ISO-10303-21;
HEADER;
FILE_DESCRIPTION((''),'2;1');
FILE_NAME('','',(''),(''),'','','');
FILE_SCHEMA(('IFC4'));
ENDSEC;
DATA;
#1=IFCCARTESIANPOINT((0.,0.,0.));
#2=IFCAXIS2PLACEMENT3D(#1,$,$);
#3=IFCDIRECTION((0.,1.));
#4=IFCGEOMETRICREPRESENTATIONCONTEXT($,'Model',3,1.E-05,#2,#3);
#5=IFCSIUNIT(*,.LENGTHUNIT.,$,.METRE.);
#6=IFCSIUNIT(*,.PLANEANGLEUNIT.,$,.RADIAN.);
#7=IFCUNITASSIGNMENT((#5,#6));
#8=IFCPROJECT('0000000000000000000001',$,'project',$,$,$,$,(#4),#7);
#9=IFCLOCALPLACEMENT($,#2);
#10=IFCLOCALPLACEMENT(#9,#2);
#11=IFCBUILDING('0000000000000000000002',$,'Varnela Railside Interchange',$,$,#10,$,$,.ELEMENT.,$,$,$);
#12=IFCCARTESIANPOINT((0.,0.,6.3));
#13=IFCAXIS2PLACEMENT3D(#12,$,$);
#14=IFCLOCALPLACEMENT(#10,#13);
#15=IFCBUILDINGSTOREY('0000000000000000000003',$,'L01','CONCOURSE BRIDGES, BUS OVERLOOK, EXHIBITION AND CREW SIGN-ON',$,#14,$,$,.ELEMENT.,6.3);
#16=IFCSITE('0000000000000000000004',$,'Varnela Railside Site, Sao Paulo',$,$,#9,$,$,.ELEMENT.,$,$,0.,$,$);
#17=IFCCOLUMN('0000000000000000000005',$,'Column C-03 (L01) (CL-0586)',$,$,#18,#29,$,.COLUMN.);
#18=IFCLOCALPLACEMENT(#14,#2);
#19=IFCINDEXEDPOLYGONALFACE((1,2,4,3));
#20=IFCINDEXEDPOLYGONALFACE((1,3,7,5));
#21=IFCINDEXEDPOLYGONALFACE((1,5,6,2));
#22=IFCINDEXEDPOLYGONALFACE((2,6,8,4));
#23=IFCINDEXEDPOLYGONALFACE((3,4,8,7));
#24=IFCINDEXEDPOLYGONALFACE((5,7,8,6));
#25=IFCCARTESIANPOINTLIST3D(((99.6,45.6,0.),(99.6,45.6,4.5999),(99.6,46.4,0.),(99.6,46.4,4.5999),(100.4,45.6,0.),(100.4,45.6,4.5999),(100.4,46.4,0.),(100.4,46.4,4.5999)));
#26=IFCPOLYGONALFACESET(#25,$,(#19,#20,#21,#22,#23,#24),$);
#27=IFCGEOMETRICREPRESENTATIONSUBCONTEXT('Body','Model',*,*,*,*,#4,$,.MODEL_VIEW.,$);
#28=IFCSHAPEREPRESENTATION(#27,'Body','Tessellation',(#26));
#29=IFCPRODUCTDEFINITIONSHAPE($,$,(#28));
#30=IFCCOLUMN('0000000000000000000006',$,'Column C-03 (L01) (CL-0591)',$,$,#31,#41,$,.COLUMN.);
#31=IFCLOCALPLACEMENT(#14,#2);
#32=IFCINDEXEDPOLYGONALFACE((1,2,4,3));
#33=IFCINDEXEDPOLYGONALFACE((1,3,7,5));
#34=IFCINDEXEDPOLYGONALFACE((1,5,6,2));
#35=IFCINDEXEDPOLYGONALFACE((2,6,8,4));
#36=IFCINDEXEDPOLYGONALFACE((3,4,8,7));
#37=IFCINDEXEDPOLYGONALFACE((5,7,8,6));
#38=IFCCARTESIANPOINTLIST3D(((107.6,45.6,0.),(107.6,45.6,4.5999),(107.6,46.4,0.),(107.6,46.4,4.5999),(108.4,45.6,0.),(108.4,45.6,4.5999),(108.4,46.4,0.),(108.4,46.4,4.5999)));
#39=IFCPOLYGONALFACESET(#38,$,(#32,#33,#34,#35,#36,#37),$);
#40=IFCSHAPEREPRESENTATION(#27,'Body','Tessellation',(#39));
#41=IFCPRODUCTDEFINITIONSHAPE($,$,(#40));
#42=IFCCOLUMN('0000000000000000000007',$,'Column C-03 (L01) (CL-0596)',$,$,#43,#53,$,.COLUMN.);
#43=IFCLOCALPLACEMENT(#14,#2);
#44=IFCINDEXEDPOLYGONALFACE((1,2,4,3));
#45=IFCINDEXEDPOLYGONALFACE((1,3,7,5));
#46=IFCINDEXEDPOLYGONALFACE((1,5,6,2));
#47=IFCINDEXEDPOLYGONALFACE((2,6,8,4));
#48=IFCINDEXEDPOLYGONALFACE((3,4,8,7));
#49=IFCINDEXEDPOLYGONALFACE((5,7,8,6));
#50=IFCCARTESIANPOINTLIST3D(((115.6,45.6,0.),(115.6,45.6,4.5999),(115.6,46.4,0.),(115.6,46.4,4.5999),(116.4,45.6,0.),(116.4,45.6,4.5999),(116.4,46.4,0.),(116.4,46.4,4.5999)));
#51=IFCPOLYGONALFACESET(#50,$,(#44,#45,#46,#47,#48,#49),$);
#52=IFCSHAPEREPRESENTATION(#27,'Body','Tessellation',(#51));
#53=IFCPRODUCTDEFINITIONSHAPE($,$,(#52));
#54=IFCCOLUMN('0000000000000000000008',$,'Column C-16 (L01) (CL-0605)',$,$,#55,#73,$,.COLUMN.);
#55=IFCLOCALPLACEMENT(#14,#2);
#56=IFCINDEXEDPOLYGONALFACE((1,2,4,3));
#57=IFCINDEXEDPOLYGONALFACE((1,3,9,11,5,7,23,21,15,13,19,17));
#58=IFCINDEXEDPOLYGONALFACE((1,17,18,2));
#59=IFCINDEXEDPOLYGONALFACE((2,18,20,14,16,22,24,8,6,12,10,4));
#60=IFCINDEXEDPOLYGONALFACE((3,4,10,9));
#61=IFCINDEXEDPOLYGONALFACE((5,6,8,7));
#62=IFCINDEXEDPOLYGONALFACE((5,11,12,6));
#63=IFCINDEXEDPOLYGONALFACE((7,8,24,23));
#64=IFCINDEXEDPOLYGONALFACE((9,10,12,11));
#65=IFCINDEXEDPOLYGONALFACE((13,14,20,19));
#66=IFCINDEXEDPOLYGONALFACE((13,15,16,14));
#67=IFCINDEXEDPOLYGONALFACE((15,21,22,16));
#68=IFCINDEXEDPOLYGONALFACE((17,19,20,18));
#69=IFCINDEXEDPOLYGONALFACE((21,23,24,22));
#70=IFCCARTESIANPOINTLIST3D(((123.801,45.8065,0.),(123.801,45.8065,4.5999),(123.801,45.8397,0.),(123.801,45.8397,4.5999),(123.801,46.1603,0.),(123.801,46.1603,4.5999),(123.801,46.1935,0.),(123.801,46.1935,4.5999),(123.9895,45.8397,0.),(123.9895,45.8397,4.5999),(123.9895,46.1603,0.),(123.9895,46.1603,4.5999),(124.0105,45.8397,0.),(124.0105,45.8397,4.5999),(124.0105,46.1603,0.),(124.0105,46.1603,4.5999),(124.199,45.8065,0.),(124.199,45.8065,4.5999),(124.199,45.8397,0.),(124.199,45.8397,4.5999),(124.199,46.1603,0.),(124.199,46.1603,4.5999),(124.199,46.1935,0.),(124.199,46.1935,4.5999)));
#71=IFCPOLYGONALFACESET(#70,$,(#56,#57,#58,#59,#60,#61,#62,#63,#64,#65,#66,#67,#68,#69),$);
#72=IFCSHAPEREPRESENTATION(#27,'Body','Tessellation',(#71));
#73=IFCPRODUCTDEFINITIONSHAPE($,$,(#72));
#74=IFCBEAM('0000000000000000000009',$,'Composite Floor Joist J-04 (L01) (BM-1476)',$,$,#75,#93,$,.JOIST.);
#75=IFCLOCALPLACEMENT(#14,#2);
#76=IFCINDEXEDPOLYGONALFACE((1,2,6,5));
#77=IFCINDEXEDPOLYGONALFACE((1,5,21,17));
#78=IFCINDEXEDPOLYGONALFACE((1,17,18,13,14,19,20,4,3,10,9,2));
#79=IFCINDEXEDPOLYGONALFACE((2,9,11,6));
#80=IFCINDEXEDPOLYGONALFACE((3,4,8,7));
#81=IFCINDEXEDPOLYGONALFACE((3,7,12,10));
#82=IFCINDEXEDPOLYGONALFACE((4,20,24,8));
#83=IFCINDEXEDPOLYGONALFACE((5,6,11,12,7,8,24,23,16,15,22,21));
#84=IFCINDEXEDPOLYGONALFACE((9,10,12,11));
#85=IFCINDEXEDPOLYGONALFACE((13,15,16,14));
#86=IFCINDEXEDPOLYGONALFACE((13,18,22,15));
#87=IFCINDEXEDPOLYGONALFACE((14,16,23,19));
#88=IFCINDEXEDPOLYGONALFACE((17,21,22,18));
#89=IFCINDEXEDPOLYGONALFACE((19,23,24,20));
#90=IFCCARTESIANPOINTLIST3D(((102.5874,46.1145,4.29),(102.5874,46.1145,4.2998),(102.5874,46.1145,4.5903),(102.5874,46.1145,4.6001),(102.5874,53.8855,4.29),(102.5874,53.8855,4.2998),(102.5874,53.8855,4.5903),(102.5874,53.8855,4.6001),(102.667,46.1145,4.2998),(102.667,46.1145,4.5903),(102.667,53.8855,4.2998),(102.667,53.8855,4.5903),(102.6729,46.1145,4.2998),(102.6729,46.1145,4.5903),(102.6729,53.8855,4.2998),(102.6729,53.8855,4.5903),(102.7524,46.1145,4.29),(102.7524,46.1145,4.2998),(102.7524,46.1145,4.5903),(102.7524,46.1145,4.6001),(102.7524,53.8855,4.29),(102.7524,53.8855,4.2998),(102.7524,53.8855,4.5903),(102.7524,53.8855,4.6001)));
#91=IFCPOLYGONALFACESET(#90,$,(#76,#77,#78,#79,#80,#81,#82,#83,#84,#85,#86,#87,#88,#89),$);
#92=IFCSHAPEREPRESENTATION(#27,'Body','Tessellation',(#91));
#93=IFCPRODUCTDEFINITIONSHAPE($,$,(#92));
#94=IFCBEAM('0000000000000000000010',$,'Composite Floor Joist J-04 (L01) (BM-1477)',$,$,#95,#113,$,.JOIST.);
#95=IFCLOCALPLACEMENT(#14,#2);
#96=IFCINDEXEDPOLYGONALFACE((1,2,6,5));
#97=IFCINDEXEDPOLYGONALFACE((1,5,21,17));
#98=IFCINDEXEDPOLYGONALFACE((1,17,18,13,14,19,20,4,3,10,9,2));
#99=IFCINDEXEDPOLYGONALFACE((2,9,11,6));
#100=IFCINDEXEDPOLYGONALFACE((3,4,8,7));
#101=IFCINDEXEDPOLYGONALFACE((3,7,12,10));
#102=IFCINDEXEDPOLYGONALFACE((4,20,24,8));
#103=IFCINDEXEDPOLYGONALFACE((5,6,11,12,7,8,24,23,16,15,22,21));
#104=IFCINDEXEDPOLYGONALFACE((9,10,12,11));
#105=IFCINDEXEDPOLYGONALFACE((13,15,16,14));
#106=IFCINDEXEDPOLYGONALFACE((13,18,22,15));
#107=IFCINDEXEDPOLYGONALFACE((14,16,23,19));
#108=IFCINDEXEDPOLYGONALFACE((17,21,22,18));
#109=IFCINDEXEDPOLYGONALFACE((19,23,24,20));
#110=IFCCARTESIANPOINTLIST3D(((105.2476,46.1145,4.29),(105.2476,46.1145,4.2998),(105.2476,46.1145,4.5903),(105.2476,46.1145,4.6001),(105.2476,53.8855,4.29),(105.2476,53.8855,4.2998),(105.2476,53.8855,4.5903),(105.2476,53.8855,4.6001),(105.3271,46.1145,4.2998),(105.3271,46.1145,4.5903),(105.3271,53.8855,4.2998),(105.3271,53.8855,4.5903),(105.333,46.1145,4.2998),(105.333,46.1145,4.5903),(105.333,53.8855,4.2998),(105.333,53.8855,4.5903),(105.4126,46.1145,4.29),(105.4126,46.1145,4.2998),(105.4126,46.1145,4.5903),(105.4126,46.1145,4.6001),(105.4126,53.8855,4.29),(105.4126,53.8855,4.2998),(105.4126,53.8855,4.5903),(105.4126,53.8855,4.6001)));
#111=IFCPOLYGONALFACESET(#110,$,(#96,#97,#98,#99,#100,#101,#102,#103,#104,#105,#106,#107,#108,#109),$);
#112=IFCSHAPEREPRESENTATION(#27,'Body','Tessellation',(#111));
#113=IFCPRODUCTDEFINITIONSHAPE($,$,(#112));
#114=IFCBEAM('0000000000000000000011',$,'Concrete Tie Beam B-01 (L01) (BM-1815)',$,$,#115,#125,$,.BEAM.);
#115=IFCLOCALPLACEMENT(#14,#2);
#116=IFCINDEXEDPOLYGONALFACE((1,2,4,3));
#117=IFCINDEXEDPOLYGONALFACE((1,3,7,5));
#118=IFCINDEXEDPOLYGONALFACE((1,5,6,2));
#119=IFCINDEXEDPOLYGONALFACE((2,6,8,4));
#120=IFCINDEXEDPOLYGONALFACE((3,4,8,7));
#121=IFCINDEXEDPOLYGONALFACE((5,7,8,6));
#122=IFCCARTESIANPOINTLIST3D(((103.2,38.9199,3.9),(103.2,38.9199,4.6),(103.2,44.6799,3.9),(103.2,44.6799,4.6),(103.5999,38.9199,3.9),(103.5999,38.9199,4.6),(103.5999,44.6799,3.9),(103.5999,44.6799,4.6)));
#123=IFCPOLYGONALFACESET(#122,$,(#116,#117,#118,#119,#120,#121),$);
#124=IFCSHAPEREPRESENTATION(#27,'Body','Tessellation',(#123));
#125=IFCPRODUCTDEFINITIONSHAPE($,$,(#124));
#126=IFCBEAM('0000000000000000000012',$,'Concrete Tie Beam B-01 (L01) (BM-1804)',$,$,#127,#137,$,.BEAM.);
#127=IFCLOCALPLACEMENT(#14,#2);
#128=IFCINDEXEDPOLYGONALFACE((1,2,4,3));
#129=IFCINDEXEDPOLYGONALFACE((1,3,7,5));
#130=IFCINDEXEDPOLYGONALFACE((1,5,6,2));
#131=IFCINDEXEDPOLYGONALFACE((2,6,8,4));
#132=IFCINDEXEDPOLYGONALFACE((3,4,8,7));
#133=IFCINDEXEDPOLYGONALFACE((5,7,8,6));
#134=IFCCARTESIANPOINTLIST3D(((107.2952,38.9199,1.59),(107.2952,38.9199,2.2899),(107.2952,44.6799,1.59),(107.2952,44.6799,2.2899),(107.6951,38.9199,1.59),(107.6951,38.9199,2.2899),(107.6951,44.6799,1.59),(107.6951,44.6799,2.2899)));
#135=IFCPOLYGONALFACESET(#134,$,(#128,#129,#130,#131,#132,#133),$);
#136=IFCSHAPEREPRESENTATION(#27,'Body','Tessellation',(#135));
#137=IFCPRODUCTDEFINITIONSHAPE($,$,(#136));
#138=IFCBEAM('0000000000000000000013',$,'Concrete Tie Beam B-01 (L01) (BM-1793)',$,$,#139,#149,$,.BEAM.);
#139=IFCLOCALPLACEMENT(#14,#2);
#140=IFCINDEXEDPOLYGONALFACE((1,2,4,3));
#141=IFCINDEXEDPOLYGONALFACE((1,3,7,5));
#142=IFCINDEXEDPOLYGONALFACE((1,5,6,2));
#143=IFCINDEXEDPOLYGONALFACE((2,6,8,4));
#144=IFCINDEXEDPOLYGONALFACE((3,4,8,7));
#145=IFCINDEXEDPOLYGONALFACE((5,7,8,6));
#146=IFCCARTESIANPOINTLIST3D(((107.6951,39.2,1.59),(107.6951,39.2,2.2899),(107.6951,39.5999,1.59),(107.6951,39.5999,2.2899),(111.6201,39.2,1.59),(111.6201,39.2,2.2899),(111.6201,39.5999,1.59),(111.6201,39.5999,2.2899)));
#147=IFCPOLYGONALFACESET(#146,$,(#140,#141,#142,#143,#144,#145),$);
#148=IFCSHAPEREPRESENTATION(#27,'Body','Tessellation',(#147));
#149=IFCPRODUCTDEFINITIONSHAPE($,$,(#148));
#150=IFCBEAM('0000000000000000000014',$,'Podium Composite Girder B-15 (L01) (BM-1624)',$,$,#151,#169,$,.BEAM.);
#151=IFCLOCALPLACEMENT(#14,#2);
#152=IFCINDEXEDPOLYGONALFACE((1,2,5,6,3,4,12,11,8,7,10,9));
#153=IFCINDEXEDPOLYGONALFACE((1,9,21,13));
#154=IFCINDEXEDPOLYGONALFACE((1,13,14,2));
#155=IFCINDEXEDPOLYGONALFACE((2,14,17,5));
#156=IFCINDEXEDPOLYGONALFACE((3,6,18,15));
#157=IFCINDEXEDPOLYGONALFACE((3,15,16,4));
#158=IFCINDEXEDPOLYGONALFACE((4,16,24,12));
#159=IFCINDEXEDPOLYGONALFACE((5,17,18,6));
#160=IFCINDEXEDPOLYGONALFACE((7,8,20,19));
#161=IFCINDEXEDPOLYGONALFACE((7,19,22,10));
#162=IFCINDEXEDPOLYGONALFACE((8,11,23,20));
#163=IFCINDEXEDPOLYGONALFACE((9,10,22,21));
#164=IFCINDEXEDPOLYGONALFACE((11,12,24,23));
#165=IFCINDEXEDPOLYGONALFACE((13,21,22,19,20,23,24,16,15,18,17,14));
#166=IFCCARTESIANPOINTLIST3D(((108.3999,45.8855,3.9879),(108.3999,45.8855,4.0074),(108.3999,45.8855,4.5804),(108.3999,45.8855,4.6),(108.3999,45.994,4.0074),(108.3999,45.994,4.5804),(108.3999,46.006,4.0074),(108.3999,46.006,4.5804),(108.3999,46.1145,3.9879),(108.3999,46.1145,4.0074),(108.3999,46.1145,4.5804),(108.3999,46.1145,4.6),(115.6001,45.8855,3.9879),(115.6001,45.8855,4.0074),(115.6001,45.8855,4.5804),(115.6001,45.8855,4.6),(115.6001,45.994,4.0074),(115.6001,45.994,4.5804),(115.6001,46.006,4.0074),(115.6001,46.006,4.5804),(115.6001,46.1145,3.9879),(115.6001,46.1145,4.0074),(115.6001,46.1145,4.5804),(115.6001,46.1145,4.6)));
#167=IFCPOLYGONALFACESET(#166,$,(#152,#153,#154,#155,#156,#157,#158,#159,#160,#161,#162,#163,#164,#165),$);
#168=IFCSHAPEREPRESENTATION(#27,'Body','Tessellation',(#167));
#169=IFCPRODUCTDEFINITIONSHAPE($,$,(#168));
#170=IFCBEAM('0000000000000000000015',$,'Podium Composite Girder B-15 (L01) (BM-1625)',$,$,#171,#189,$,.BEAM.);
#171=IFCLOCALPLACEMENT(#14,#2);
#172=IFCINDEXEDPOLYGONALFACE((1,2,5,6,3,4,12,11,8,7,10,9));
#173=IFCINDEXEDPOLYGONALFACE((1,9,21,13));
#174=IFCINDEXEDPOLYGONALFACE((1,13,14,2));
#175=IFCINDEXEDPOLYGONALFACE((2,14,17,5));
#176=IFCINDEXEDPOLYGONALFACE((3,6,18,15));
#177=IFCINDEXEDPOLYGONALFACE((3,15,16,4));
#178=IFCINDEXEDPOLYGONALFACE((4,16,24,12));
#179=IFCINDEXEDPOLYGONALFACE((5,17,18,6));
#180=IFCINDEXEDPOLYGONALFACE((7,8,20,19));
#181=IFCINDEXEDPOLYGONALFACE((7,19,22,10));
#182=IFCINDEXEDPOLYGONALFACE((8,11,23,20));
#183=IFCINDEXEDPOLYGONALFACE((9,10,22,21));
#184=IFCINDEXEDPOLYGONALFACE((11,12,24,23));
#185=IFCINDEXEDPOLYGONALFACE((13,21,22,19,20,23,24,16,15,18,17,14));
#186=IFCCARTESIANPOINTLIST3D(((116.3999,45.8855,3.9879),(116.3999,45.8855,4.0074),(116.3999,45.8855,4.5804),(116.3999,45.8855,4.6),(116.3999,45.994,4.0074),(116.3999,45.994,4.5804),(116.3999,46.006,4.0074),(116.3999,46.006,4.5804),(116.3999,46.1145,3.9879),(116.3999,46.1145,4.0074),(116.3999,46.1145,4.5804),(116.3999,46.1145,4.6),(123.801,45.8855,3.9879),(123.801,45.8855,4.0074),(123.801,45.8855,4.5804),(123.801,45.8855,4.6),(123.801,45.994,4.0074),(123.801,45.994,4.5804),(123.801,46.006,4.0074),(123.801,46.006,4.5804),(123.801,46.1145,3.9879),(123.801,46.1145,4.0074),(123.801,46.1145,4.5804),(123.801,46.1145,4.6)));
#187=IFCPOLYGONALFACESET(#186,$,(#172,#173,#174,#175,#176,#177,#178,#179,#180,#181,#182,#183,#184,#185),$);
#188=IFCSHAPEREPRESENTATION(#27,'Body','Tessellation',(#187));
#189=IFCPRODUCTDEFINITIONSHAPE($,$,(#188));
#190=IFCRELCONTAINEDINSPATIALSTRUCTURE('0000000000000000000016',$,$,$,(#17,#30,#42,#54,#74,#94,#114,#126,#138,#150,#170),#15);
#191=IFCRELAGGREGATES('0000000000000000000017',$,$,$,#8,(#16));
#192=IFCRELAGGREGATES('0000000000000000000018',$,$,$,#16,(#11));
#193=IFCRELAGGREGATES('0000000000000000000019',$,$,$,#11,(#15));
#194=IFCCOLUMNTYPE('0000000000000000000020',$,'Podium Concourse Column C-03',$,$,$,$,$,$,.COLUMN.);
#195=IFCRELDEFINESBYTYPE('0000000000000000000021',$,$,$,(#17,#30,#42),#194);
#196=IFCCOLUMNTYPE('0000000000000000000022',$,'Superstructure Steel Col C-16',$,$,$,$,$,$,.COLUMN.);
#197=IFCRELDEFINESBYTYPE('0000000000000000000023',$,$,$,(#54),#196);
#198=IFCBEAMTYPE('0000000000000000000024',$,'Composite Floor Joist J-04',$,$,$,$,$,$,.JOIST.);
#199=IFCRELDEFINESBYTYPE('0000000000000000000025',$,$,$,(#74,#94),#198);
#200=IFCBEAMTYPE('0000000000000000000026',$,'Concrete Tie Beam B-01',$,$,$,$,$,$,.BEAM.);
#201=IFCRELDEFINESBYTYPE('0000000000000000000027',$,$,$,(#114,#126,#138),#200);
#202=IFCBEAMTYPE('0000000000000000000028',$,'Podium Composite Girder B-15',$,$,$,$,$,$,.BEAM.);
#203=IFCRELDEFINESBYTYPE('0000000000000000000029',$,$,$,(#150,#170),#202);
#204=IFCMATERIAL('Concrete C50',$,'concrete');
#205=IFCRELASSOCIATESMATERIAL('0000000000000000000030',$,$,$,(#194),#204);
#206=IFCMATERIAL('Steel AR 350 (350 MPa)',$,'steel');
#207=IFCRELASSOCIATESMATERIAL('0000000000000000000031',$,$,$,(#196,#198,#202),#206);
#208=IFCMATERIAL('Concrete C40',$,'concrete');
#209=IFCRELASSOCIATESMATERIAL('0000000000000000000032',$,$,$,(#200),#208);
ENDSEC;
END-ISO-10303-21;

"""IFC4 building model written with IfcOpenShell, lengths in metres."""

from ifc_helpers import new_model, si_unit, direction, frame, origin, origin_2d, place, context, subcontext, project, spatial, rectangle, i_section, extrude, material, material_profile, profile_set, type_object, element, save


model = new_model("IFC4")

# Units and contexts
model_context = context("Model", 3, precision=1e-05, world=origin(), true_north=direction((0.0, 1.0)))
body_context = subcontext(model_context, "Body", "Model", "MODEL_VIEW")
ifc_project = project(units=[si_unit("LENGTHUNIT", "METRE"), si_unit("PLANEANGLEUNIT", "RADIAN")], contexts=[model_context])

# Site, building, storey
site_placement = place(None, origin())
site = spatial("IfcSite", under=ifc_project, at=site_placement, Name="Varnela Railside Site, Sao Paulo", CompositionType="ELEMENT", RefElevation=0.0)
building_placement = place(site_placement, origin())
building = spatial("IfcBuilding", under=site, at=building_placement, Name="Varnela Railside Interchange", CompositionType="ELEMENT")
storey_placement = place(building_placement, frame((0.0, 0.0, 6.3)))
storey = spatial("IfcBuildingStorey", under=building, at=storey_placement, Name="L01", Description="CONCOURSE BRIDGES, BUS OVERLOOK, EXHIBITION AND CREW SIGN-ON", CompositionType="ELEMENT", Elevation=6.3)

# Columns
ifc_material_1 = material(Name="Concrete C50", Category="concrete")
ifc_material_profile_1 = material_profile(ifc_material_1, rectangle(XDim=0.8, YDim=0.8, at=origin_2d()), Name="RC 800x800")
ifc_profile_set_1 = profile_set([ifc_material_profile_1], Name="Concrete C50")
column_type_1 = type_object("IfcColumnType", Name="Podium Concourse Column C-03", PredefinedType="COLUMN", material=ifc_profile_set_1)
for number, where, z_axis, x_axis, name in (
    (1, (100.0, 46.0, 0.0), (0.0, 0.0, 1.0), (1.0, 0.0, 0.0), "Column C-03 (L01) (CL-0586)"),
    (2, (108.0, 46.0, 0.0), (0.0, 0.0, 1.0), (1.0, 0.0, 0.0), "Column C-03 (L01) (CL-0591)"),
    (3, (116.0, 46.0, 0.0), (0.0, 0.0, 1.0), (1.0, 0.0, 0.0), "Column C-03 (L01) (CL-0596)"),
):
    element("IfcColumn", number, at=place(storey_placement, frame(where, z_axis=z_axis, x_axis=x_axis)), inside=storey, type_object=column_type_1, Name=name, PredefinedType="COLUMN", context=body_context, shape_type="SweptSolid", body=[
        extrude(rectangle(XDim=0.8, YDim=0.8, at=origin_2d()), origin(), (0.0, 0.0, 1.0), 4.5999),
    ])
ifc_material_2 = material(Name="Steel AR 350 (350 MPa)", Category="steel")
ifc_material_profile_2 = material_profile(ifc_material_2, i_section(OverallWidth=0.3979, OverallDepth=0.387, WebThickness=0.021, FlangeThickness=0.0332, at=origin_2d()), Name="W360x262")
ifc_profile_set_2 = profile_set([ifc_material_profile_2], Name="Steel AR 350 (350 MPa)")
column_type_2 = type_object("IfcColumnType", Name="Superstructure Steel Col C-16", PredefinedType="COLUMN", material=ifc_profile_set_2)
column_placement = place(storey_placement, frame((124.0, 46.0, 0.0), z_axis=(0.0, 0.0, 1.0), x_axis=(1.0, 0.0, 0.0)))
element("IfcColumn", 4, at=column_placement, inside=storey, type_object=column_type_2, Name="Column C-16 (L01) (CL-0605)", PredefinedType="COLUMN", context=body_context, shape_type="SweptSolid", body=[
    extrude(i_section(OverallWidth=0.3979, OverallDepth=0.387, WebThickness=0.021, FlangeThickness=0.0332, at=origin_2d()), origin(), (0.0, 0.0, 1.0), 4.5999),
])

# Beams
ifc_material_profile_3 = material_profile(ifc_material_2, i_section(OverallWidth=0.165, OverallDepth=0.3101, WebThickness=0.0059, FlangeThickness=0.0098, at=origin_2d()), Name="W310x38.7")
ifc_profile_set_3 = profile_set([ifc_material_profile_3], Name="Steel AR 350 (350 MPa)")
beam_type_1 = type_object("IfcBeamType", Name="Composite Floor Joist J-04", PredefinedType="JOIST", material=ifc_profile_set_3)
for number, where, z_axis, x_axis, name in (
    (5, (102.6699, 46.1145, 4.4451), (0.0, 1.0, 0.0), (-1.0, 0.0, 0.0), "Composite Floor Joist J-04 (L01) (BM-1476)"),
    (6, (105.3301, 46.1145, 4.4451), (0.0, 1.0, 0.0), (-1.0, 0.0, 0.0), "Composite Floor Joist J-04 (L01) (BM-1477)"),
):
    element("IfcBeam", number, at=place(storey_placement, frame(where, z_axis=z_axis, x_axis=x_axis)), inside=storey, type_object=beam_type_1, Name=name, PredefinedType="JOIST", context=body_context, shape_type="SweptSolid", body=[
        extrude(i_section(OverallWidth=0.165, OverallDepth=0.3101, WebThickness=0.0059, FlangeThickness=0.0098, at=origin_2d()), origin(), (0.0, 0.0, 1.0), 7.771),
    ])
ifc_material_3 = material(Name="Concrete C40", Category="concrete")
ifc_material_profile_4 = material_profile(ifc_material_3, rectangle(XDim=0.3999, YDim=0.7, at=origin_2d()), Name="RC 400x700")
ifc_profile_set_4 = profile_set([ifc_material_profile_4], Name="Concrete C40")
beam_type_2 = type_object("IfcBeamType", Name="Concrete Tie Beam B-01", PredefinedType="BEAM", material=ifc_profile_set_4)
for number, where, z_axis, x_axis, name in (
    (7, (103.3999, 38.9199, 4.25), (0.0, 1.0, 0.0), (-1.0, 0.0, 0.0), "Concrete Tie Beam B-01 (L01) (BM-1815)"),
    (8, (107.4951, 38.9199, 1.9399), (0.0, 1.0, 0.0), (-1.0, 0.0, 0.0), "Concrete Tie Beam B-01 (L01) (BM-1804)"),
):
    element("IfcBeam", number, at=place(storey_placement, frame(where, z_axis=z_axis, x_axis=x_axis)), inside=storey, type_object=beam_type_2, Name=name, PredefinedType="BEAM", context=body_context, shape_type="SweptSolid", body=[
        extrude(rectangle(XDim=0.3999, YDim=0.7, at=origin_2d()), origin(), (0.0, 0.0, 1.0), 5.76),
    ])
beam_1_placement = place(storey_placement, frame((107.6951, 39.3999, 1.9399), z_axis=(1.0, 0.0, 0.0), x_axis=(0.0, 1.0, 0.0)))
element("IfcBeam", 9, at=beam_1_placement, inside=storey, type_object=beam_type_2, Name="Concrete Tie Beam B-01 (L01) (BM-1793)", PredefinedType="BEAM", context=body_context, shape_type="SweptSolid", body=[
    extrude(rectangle(XDim=0.3999, YDim=0.7, at=origin_2d()), origin(), (0.0, 0.0, 1.0), 3.925),
])
ifc_material_profile_5 = material_profile(ifc_material_2, i_section(OverallWidth=0.229, OverallDepth=0.6121, WebThickness=0.012, FlangeThickness=0.0195, at=origin_2d()), Name="W610x125")
ifc_profile_set_5 = profile_set([ifc_material_profile_5], Name="Steel AR 350 (350 MPa)")
beam_type_3 = type_object("IfcBeamType", Name="Podium Composite Girder B-15", PredefinedType="BEAM", material=ifc_profile_set_5)
beam_2_placement = place(storey_placement, frame((108.3999, 46.0, 4.2939), z_axis=(1.0, 0.0, 0.0), x_axis=(0.0, 1.0, 0.0)))
element("IfcBeam", 10, at=beam_2_placement, inside=storey, type_object=beam_type_3, Name="Podium Composite Girder B-15 (L01) (BM-1624)", PredefinedType="BEAM", context=body_context, shape_type="SweptSolid", body=[
    extrude(i_section(OverallWidth=0.229, OverallDepth=0.6121, WebThickness=0.012, FlangeThickness=0.0195, at=origin_2d()), origin(), (0.0, 0.0, 1.0), 7.2002),
])
beam_3_placement = place(storey_placement, frame((116.3999, 46.0, 4.2939), z_axis=(1.0, 0.0, 0.0), x_axis=(0.0, 1.0, 0.0)))
element("IfcBeam", 11, at=beam_3_placement, inside=storey, type_object=beam_type_3, Name="Podium Composite Girder B-15 (L01) (BM-1625)", PredefinedType="BEAM", context=body_context, shape_type="SweptSolid", body=[
    extrude(i_section(OverallWidth=0.229, OverallDepth=0.6121, WebThickness=0.012, FlangeThickness=0.0195, at=origin_2d()), origin(), (0.0, 0.0, 1.0), 7.4011),
])

save(model, "model.ifc")
